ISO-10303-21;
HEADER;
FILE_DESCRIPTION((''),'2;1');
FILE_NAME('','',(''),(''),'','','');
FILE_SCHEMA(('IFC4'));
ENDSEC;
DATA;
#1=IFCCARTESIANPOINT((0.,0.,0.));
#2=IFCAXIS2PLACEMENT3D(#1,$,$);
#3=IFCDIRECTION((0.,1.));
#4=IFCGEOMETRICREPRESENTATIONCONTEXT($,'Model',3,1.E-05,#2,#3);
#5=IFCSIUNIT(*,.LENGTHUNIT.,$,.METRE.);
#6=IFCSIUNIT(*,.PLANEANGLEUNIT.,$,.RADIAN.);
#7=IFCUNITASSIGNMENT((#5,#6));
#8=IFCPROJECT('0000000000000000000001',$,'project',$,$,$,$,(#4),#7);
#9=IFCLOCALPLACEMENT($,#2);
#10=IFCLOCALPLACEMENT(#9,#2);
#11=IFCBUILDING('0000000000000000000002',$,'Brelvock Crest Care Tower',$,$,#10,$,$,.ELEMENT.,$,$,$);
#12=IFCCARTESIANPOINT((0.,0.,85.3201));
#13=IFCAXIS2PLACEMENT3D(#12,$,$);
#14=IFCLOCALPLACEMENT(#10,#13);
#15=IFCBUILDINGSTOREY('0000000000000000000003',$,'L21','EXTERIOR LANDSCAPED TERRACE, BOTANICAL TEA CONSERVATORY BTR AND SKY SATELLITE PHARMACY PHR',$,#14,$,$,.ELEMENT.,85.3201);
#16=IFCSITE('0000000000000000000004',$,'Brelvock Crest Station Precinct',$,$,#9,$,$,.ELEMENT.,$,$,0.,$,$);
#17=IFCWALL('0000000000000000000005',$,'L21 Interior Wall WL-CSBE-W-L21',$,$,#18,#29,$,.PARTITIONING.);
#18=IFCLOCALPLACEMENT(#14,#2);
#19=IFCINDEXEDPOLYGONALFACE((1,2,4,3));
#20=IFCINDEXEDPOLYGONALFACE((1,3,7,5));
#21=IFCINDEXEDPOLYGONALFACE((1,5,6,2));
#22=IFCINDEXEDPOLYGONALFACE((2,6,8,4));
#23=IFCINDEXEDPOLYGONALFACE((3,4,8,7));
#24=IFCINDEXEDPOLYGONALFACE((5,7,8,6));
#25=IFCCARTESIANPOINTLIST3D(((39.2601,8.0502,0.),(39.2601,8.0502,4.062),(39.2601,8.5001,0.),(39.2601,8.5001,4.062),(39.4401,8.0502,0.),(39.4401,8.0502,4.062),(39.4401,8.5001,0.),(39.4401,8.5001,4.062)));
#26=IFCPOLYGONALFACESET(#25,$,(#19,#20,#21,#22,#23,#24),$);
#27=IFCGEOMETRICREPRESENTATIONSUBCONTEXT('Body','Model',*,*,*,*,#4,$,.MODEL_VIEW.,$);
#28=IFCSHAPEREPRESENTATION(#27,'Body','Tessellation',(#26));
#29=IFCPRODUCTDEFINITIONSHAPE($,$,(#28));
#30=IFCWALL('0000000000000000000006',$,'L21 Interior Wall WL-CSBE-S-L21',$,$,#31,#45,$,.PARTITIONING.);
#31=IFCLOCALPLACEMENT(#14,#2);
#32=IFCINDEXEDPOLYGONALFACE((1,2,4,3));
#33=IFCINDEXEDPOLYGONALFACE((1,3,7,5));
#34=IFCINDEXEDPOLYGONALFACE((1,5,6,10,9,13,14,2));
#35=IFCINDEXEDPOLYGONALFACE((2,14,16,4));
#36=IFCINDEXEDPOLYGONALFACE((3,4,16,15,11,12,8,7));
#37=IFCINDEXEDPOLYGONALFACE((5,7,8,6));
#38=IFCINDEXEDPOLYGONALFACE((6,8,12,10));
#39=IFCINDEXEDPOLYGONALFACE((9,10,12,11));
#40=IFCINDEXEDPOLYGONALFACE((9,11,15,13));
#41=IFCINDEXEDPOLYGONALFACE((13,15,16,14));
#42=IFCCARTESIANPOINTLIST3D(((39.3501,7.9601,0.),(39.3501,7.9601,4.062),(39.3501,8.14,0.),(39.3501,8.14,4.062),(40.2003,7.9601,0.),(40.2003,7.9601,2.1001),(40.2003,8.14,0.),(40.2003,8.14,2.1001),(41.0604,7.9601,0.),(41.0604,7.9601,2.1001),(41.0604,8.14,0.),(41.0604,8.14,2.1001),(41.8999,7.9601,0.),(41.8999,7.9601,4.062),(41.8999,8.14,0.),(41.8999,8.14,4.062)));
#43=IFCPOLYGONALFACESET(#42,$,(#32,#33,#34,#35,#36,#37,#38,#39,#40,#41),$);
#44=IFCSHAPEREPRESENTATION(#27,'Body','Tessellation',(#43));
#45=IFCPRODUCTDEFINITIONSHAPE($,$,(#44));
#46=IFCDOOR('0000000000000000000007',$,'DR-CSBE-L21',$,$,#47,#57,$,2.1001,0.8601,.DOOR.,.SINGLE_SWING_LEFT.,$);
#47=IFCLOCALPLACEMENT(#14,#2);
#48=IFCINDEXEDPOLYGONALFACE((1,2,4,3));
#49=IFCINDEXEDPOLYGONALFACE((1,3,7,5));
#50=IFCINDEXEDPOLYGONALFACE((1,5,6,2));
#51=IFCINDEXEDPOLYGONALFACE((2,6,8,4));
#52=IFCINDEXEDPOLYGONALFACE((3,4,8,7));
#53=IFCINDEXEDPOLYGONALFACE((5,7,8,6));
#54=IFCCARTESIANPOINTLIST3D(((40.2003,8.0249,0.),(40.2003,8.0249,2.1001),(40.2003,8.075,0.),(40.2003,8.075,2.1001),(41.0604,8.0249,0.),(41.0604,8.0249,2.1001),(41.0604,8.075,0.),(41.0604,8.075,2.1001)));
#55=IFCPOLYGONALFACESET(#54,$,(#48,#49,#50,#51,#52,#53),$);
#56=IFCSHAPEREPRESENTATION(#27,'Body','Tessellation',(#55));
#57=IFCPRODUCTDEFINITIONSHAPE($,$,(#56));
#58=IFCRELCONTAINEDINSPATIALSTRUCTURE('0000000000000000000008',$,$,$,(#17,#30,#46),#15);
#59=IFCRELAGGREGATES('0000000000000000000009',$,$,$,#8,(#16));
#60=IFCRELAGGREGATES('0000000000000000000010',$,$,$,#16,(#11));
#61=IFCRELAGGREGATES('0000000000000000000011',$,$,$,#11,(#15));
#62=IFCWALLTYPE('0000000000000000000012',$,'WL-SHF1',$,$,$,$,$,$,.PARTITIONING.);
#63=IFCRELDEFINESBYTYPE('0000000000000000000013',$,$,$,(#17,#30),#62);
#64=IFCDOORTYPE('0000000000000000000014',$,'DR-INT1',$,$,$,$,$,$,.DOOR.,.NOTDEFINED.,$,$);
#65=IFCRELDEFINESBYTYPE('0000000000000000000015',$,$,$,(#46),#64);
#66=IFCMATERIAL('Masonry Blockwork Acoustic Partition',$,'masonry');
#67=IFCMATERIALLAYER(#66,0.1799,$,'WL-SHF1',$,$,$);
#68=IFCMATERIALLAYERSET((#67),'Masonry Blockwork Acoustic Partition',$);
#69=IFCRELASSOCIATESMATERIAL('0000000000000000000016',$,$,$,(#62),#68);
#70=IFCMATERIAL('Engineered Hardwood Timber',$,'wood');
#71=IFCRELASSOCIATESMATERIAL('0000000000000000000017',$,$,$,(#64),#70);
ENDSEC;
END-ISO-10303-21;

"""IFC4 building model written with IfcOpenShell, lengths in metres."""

from ifc_helpers import new_model, si_unit, direction, frame, frame_2d, origin, origin_2d, place, context, subcontext, project, spatial, rectangle, extrude, source, transform, mapped, material, layer, layer_set, type_object, element, fill, save


model = new_model("IFC4")

# Units and contexts
model_context = context("Model", 3, precision=1e-05, world=origin(), true_north=direction((0.0, 1.0)))
body_context = subcontext(model_context, "Body", "Model", "MODEL_VIEW")
ifc_project = project(units=[si_unit("LENGTHUNIT", "METRE"), si_unit("PLANEANGLEUNIT", "RADIAN")], contexts=[model_context])

# Site, building, storey
site_placement = place(None, origin())
site = spatial("IfcSite", under=ifc_project, at=site_placement, Name="Brelvock Crest Station Precinct", CompositionType="ELEMENT", RefElevation=0.0)
building_placement = place(site_placement, origin())
building = spatial("IfcBuilding", under=site, at=building_placement, Name="Brelvock Crest Care Tower", CompositionType="ELEMENT")
storey_placement = place(building_placement, frame((0.0, 0.0, 85.3201)))
storey = spatial("IfcBuildingStorey", under=building, at=storey_placement, Name="L21", Description="EXTERIOR LANDSCAPED TERRACE, BOTANICAL TEA CONSERVATORY BTR AND SKY SATELLITE PHARMACY PHR", CompositionType="ELEMENT", Elevation=85.3201)

# Shared definitions
ifc_material_1 = material(Name="Masonry Blockwork Acoustic Partition", Category="masonry")
ifc_layer = layer(ifc_material_1, 0.1799, Name="WL-SHF1")
ifc_layer_set = layer_set([ifc_layer], Name="Masonry Blockwork Acoustic Partition")
wall_type = type_object("IfcWallType", Name="WL-SHF1", PredefinedType="PARTITIONING", material=ifc_layer_set)

# Shared definitions
ifc_material_2 = material(Name="Engineered Hardwood Timber", Category="wood")
door_type = type_object("IfcDoorType", Name="DR-INT1", OperationType="NOTDEFINED", PredefinedType="DOOR", material=ifc_material_2)
shared_shape_1 = source(origin(), body_context, "Body", "SweptSolid", [
    extrude(rectangle(XDim=0.8601, YDim=2.1001, at=origin_2d()), frame((0.4302, 0.0249, 1.05), z_axis=(0.0, -1.0, 0.0), x_axis=(1.0, 0.0, 0.0)), (0.0, 0.0, 1.0), 0.05),
])

# Wall
wall_1_placement = place(storey_placement, frame((39.3501, 8.05, 0.0), z_axis=(0.0, 0.0, 1.0), x_axis=(0.0, 1.0, 0.0)))
element("IfcWall", 1, at=wall_1_placement, inside=storey, type_object=wall_type, Name="L21 Interior Wall WL-CSBE-W-L21", PredefinedType="PARTITIONING", context=body_context, shape_type="SweptSolid", body=[
    extrude(rectangle(XDim=0.45, YDim=0.1799, at=frame_2d((0.2251, 0.0))), origin(), (0.0, 0.0, 1.0), 4.062),
])

# Wall, opening, door
wall_2_placement = place(storey_placement, frame((39.3501, 8.05, 0.0), z_axis=(0.0, 0.0, 1.0), x_axis=(1.0, 0.0, 0.0)))
wall_2 = element("IfcWall", 2, at=wall_2_placement, inside=storey, type_object=wall_type, Name="L21 Interior Wall WL-CSBE-S-L21", PredefinedType="PARTITIONING", context=body_context, shape_type="SweptSolid", body=[
    extrude(rectangle(XDim=2.5498, YDim=0.1799, at=frame_2d((1.2749, 0.0))), origin(), (0.0, 0.0, 1.0), 4.062),
])
opening_1_placement = place(wall_2_placement, frame((0.8501, 0.0, 0.0)))
opening_1 = element("IfcOpeningElement", 3, at=opening_1_placement, cuts=wall_2, PredefinedType="OPENING", context=body_context, shape_type="SweptSolid", body=[
    extrude(rectangle(XDim=0.8601, YDim=2.1001, at=origin_2d()), frame((0.4302, 0.1001, 1.05), z_axis=(0.0, -1.0, 0.0), x_axis=(1.0, 0.0, 0.0)), (0.0, 0.0, 1.0), 0.2),
])
door_1_placement = place(opening_1_placement, origin())
door_1 = element("IfcDoor", 4, at=door_1_placement, inside=storey, type_object=door_type, Name="DR-CSBE-L21", OperationType="SINGLE_SWING_LEFT", OverallHeight=2.1001, OverallWidth=0.8601, PredefinedType="DOOR", context=body_context, shape_type="MappedRepresentation", body=[
    mapped(shared_shape_1, transform((0.0, 0.0, 0.0), x_axis=(1.0, 0.0, 0.0), y_axis=(0.0, 1.0, 0.0), z_axis=(0.0, 0.0, 1.0), scale=1.0)),
])
fill(opening_1, door_1)

save(model, "model.ifc")
